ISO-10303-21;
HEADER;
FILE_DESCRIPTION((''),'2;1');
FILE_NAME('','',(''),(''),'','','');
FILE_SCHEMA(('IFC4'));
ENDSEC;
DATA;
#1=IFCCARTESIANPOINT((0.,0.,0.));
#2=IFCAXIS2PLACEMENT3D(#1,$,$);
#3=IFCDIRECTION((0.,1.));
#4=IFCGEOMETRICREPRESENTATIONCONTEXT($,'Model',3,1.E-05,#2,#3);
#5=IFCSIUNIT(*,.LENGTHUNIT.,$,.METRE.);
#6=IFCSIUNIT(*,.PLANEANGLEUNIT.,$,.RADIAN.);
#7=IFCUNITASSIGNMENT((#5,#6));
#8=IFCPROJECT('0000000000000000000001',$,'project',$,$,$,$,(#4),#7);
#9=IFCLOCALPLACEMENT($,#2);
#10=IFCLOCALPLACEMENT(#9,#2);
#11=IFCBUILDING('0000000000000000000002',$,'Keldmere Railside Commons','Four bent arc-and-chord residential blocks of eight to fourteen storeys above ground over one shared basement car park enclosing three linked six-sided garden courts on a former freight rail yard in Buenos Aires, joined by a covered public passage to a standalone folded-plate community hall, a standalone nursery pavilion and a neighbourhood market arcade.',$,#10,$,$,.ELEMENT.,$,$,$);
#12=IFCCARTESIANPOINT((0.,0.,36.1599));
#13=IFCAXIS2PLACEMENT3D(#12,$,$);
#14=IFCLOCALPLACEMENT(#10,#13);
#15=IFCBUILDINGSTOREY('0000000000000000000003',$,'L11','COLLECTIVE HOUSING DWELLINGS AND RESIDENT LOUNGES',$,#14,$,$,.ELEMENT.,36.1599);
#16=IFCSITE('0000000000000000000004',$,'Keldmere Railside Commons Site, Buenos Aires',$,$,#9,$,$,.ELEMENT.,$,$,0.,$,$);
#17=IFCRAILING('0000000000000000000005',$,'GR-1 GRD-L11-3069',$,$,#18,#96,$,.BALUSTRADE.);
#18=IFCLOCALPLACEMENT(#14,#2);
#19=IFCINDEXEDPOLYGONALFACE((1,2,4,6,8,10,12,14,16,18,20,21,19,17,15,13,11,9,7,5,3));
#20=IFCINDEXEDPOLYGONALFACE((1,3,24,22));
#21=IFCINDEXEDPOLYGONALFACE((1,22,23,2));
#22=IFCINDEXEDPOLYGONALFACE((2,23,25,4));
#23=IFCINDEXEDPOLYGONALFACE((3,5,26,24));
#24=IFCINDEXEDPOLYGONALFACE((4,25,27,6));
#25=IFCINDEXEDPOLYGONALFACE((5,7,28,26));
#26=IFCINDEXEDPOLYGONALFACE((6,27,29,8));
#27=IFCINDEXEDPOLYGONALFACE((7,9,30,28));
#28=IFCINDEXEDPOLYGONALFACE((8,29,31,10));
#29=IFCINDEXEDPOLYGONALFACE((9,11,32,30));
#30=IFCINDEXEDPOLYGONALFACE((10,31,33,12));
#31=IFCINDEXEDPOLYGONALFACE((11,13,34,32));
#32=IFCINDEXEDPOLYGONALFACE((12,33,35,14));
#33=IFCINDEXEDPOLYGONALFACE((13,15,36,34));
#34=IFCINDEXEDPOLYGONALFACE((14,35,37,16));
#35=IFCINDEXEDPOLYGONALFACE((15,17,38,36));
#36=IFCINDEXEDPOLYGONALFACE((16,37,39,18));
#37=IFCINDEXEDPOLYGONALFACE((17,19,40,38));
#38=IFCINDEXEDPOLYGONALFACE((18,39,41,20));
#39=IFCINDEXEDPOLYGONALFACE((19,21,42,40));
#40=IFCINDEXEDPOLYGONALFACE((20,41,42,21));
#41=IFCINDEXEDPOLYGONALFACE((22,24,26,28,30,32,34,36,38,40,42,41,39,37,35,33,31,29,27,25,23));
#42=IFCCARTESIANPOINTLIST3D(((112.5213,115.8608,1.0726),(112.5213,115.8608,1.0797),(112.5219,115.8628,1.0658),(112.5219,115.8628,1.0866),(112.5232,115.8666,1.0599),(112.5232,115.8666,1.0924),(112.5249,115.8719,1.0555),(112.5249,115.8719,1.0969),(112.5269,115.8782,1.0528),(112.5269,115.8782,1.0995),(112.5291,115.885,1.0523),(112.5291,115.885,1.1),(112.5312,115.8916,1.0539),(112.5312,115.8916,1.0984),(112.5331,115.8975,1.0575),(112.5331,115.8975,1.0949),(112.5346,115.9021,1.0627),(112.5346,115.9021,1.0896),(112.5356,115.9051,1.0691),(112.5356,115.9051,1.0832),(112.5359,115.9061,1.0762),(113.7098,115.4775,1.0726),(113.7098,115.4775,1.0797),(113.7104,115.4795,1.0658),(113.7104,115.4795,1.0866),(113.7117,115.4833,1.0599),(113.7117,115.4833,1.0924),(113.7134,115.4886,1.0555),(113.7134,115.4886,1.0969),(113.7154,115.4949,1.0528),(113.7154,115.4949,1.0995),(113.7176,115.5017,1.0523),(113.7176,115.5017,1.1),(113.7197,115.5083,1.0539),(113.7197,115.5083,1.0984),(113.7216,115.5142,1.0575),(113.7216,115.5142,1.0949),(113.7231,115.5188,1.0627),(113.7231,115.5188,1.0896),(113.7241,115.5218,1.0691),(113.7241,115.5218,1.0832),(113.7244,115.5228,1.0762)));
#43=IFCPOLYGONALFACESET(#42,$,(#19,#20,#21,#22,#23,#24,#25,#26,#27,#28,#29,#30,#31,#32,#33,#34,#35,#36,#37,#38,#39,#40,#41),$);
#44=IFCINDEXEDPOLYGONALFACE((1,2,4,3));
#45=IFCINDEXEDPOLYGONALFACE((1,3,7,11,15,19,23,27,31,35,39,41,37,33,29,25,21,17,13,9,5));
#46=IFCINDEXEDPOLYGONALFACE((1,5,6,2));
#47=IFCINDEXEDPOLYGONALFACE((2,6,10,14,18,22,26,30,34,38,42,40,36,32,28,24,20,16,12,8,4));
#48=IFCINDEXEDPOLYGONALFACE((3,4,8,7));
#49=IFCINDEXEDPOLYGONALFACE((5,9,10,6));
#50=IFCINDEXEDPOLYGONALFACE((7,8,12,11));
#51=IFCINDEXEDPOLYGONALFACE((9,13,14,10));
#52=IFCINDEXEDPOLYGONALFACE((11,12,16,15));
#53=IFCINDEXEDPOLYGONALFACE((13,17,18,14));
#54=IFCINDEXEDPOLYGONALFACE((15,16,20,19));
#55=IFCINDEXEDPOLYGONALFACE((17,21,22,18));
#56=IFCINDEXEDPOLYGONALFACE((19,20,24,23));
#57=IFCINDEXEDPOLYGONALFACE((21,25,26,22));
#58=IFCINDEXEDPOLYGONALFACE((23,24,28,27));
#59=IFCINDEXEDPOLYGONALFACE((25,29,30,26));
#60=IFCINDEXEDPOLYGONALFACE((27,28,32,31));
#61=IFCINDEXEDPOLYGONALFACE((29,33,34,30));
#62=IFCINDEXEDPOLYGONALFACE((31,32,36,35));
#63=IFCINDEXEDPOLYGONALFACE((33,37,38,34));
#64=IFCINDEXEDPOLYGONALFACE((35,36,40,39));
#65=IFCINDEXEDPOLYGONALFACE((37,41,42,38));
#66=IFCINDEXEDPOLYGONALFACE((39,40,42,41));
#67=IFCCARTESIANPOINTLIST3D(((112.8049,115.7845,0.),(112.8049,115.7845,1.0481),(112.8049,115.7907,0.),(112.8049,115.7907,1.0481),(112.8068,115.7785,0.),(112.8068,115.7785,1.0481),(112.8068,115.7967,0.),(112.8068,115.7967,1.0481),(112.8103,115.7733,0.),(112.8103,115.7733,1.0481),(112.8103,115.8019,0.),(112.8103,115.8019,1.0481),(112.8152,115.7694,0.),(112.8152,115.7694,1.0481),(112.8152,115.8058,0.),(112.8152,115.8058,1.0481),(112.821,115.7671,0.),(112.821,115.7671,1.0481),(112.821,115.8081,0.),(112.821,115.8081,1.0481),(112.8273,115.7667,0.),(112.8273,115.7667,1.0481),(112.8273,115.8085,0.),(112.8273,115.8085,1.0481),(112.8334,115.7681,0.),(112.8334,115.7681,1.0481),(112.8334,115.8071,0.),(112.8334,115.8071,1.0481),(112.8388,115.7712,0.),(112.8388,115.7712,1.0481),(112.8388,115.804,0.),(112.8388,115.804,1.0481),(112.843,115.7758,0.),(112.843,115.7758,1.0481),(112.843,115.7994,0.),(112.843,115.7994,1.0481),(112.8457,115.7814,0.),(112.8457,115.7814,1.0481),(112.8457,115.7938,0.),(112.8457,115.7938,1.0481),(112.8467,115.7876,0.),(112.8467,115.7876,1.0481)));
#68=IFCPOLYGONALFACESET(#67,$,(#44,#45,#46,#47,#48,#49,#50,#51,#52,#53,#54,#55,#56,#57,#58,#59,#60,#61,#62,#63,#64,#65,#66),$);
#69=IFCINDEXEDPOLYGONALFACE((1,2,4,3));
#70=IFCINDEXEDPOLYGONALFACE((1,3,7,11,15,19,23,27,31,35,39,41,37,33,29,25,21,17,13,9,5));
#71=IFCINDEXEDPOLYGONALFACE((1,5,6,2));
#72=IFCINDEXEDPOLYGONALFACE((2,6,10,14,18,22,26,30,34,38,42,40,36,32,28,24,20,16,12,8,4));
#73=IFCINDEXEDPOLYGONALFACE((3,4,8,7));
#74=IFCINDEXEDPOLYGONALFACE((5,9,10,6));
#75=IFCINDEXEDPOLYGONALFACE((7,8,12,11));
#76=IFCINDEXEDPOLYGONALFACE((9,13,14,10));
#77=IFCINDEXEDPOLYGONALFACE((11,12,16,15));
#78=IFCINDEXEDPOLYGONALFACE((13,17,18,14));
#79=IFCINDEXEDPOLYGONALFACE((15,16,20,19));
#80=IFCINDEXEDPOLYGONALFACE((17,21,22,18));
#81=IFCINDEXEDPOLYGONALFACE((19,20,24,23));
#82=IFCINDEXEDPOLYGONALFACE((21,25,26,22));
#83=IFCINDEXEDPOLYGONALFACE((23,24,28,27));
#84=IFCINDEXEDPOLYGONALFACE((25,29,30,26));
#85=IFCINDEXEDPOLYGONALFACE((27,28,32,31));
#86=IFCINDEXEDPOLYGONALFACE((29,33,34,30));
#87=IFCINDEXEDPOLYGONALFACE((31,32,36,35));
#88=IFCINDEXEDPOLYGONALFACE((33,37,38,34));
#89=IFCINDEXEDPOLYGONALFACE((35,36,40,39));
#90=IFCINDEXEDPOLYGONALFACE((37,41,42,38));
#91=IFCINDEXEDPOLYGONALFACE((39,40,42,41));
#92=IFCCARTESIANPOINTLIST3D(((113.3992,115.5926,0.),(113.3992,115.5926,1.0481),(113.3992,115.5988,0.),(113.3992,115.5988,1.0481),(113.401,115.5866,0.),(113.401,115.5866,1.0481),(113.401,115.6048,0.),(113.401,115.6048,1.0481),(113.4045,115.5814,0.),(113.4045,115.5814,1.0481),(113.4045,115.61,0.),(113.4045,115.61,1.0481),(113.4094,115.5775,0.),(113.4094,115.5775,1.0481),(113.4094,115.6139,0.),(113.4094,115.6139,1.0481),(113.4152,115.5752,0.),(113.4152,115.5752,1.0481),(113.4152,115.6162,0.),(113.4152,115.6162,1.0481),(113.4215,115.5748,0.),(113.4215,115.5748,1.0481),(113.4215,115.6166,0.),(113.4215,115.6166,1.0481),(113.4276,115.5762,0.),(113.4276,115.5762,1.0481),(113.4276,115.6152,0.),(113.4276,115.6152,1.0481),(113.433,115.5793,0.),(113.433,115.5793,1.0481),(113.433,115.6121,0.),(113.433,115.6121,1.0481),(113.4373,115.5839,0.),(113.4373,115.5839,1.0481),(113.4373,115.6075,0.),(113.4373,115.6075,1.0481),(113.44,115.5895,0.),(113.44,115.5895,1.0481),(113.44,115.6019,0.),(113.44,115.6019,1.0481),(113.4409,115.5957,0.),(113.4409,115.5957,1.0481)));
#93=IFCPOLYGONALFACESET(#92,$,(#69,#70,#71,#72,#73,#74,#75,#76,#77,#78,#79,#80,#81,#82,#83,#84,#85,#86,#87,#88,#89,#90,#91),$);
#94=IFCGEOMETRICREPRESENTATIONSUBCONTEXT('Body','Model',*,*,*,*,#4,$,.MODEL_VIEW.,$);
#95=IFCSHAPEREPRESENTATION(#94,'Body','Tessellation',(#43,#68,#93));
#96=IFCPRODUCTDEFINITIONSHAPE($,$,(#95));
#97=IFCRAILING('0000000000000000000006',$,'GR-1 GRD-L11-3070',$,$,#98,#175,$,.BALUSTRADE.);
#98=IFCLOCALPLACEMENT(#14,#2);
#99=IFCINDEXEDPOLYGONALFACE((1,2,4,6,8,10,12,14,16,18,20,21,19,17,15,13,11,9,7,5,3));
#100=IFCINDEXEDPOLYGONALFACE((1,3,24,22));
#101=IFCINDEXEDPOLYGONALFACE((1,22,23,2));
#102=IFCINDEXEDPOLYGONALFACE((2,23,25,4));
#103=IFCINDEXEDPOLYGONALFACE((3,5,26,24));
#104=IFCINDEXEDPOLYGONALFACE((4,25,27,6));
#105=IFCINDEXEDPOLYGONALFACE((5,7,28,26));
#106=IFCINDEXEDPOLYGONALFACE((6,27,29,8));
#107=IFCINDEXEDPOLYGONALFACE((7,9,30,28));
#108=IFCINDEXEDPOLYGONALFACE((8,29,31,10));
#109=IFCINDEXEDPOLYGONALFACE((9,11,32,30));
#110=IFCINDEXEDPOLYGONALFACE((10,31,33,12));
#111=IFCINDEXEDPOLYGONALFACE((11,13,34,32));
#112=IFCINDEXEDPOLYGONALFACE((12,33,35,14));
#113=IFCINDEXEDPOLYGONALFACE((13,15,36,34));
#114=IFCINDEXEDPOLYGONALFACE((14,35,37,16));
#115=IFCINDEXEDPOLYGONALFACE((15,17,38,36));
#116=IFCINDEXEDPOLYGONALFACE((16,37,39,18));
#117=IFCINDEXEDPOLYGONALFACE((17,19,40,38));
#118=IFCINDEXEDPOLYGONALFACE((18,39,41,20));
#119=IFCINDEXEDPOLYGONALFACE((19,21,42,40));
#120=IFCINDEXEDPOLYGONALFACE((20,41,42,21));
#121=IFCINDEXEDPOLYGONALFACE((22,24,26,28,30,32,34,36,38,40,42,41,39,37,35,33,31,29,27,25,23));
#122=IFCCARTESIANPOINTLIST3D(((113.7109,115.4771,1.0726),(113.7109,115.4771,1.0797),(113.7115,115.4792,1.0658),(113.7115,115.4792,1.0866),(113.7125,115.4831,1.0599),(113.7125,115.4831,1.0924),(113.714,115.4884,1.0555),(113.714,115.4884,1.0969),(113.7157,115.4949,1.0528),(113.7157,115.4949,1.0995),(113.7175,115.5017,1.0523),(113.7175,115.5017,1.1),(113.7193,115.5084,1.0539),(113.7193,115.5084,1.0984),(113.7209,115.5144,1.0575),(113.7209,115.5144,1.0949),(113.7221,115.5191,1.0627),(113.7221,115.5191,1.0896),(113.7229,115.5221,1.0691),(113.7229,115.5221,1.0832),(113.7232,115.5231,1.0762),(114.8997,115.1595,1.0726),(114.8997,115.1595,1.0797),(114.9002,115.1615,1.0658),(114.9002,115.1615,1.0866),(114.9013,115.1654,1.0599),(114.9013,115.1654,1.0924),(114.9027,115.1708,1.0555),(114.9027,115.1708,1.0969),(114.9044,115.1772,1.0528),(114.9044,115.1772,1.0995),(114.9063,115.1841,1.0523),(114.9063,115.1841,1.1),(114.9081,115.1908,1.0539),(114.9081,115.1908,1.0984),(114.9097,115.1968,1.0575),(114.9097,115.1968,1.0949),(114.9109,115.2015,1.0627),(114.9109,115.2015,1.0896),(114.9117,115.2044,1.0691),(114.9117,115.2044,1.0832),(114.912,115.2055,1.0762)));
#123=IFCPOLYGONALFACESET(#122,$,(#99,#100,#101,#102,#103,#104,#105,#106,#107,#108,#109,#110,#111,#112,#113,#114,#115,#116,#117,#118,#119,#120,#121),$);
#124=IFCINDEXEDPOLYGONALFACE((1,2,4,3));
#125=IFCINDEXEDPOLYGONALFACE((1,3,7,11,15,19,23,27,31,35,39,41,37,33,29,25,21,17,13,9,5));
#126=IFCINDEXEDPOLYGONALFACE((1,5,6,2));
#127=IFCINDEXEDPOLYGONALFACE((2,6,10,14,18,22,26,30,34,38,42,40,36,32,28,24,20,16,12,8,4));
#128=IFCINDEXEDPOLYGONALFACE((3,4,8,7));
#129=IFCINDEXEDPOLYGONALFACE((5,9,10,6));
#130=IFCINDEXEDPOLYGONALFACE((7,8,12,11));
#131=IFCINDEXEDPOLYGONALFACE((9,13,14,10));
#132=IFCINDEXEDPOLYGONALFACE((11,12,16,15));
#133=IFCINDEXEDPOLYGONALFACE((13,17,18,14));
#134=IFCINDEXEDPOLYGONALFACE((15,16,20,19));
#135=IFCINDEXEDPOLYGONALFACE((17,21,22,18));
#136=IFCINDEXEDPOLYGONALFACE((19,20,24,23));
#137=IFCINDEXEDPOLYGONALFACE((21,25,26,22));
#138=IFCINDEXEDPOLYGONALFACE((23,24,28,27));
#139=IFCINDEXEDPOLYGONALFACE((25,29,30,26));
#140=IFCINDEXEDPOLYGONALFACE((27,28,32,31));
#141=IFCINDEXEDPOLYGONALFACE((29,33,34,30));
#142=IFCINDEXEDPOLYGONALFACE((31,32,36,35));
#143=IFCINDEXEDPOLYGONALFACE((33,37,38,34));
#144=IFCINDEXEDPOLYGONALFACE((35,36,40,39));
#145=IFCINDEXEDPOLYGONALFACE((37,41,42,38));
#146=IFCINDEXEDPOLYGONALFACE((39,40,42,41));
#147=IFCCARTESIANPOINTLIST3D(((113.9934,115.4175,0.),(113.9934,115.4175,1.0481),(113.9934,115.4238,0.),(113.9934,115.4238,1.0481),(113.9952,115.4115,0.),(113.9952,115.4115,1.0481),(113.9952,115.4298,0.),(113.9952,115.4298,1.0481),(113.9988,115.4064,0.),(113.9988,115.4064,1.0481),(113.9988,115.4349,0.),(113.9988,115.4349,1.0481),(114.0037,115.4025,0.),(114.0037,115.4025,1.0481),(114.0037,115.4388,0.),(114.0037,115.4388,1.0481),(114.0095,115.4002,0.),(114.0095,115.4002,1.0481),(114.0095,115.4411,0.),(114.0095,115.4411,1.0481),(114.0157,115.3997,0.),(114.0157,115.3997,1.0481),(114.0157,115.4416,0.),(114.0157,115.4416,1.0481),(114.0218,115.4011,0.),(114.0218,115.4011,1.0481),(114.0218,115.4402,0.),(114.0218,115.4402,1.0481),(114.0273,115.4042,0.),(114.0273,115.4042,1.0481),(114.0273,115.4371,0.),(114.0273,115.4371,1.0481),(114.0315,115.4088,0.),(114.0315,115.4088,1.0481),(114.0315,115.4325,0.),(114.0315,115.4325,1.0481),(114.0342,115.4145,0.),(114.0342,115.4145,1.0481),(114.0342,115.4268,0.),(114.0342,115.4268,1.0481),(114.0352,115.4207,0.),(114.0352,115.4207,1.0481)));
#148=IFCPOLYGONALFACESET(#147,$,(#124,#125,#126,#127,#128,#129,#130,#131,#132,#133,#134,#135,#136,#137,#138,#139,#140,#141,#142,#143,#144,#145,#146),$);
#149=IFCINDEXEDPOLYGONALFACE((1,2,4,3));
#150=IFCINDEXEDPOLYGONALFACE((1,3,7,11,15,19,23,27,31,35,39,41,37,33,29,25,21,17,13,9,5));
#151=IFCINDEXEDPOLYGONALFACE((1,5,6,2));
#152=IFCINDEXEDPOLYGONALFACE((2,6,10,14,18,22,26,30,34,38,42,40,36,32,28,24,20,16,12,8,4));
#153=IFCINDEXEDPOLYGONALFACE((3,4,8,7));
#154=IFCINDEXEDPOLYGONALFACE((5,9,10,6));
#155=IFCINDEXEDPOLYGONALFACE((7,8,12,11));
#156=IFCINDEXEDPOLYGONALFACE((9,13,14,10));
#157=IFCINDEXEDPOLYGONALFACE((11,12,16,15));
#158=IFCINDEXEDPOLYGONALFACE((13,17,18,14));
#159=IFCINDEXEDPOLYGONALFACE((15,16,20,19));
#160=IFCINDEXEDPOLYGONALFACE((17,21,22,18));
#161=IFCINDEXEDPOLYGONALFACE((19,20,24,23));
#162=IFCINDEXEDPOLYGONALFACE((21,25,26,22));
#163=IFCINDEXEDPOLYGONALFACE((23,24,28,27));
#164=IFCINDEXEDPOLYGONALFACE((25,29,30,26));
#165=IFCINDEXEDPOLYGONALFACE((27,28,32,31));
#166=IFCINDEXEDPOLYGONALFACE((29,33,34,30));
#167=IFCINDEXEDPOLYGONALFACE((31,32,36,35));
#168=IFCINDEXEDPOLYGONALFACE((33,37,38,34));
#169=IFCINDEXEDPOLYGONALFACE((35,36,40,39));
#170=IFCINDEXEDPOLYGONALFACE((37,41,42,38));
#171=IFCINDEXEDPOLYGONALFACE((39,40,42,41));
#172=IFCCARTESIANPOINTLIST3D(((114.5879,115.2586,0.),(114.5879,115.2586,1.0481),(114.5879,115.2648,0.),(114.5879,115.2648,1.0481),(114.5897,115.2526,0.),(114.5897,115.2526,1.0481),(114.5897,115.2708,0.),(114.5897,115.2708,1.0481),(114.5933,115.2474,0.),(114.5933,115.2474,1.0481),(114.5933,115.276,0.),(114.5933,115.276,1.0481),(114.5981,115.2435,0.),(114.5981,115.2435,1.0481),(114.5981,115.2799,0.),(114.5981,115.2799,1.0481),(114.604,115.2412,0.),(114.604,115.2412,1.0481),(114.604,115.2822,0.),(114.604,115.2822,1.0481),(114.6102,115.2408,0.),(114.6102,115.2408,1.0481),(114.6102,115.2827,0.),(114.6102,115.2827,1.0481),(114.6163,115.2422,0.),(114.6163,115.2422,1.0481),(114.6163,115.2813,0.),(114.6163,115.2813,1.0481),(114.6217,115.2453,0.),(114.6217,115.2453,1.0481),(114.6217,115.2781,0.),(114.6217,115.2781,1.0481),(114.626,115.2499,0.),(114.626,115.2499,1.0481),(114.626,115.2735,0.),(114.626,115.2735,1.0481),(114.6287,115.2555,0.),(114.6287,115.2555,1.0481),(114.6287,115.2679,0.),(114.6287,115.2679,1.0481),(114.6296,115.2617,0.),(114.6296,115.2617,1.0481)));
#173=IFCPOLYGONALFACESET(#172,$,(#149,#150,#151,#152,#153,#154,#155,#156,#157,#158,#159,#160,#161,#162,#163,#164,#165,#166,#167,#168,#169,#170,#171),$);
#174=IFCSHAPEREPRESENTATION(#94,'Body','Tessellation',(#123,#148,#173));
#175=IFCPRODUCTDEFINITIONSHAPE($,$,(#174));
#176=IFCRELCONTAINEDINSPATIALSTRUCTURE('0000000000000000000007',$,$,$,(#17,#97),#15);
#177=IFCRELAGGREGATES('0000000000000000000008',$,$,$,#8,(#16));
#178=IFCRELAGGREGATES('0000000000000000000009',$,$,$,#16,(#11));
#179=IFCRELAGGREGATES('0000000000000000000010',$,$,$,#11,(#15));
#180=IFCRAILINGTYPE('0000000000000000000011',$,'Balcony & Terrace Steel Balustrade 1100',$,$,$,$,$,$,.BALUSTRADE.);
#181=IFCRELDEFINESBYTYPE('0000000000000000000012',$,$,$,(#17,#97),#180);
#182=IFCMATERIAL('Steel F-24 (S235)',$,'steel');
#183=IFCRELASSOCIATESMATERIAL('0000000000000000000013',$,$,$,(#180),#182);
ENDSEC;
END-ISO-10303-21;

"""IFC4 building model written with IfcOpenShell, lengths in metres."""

from ifc_helpers import new_model, si_unit, direction, frame, origin, origin_2d, place, context, subcontext, project, spatial, circle, extrude, material, type_object, element, save


model = new_model("IFC4")

# Units and contexts
model_context = context("Model", 3, precision=1e-05, world=origin(), true_north=direction((0.0, 1.0)))
body_context = subcontext(model_context, "Body", "Model", "MODEL_VIEW")
ifc_project = project(units=[si_unit("LENGTHUNIT", "METRE"), si_unit("PLANEANGLEUNIT", "RADIAN")], contexts=[model_context])

# Site, building, storey
site_placement = place(None, origin())
site = spatial("IfcSite", under=ifc_project, at=site_placement, Name="Keldmere Railside Commons Site, Buenos Aires", CompositionType="ELEMENT", RefElevation=0.0)
building_placement = place(site_placement, origin())
building = spatial("IfcBuilding", under=site, at=building_placement, Name="Keldmere Railside Commons", Description="Four bent arc-and-chord residential blocks of eight to fourteen storeys above ground over one shared basement car park enclosing three linked six-sided garden courts on a former freight rail yard in Buenos Aires, joined by a covered public passage to a standalone folded-plate community hall, a standalone nursery pavilion and a neighbourhood market arcade.", CompositionType="ELEMENT")
storey_placement = place(building_placement, frame((0.0, 0.0, 36.1599)))
storey = spatial("IfcBuildingStorey", under=building, at=storey_placement, Name="L11", Description="COLLECTIVE HOUSING DWELLINGS AND RESIDENT LOUNGES", CompositionType="ELEMENT", Elevation=36.1599)

# Shared definitions
ifc_material_1 = material(Name="Steel F-24 (S235)", Category="steel")

# Railings
railing_type = type_object("IfcRailingType", Name="Balcony & Terrace Steel Balustrade 1100", PredefinedType="BALUSTRADE", material=ifc_material_1)
railing_1_placement = place(storey_placement, frame((112.5286, 115.8833, 0.0)))
element("IfcRailing", 1, at=railing_1_placement, inside=storey, type_object=railing_type, Name="GR-1 GRD-L11-3069", PredefinedType="BALUSTRADE", context=body_context, shape_type="SweptSolid", body=[
    extrude(circle(Radius=0.0239, at=origin_2d()), frame((0.0, 0.0, 1.0762), z_axis=(0.951727, -0.306946, 0.0), x_axis=(0.306946, 0.951727, 0.0)), (0.0, 0.0, 1.0), 1.2488),
    extrude(circle(Radius=0.021, at=origin_2d()), frame((0.2971, -0.0957, 0.0)), (0.0, 0.0, 1.0), 1.0481),
    extrude(circle(Radius=0.021, at=origin_2d()), frame((0.8914, -0.2876, 0.0)), (0.0, 0.0, 1.0), 1.0481),
])
railing_2_placement = place(storey_placement, frame((113.717, 115.5, 0.0)))
element("IfcRailing", 2, at=railing_2_placement, inside=storey, type_object=railing_type, Name="GR-1 GRD-L11-3070", PredefinedType="BALUSTRADE", context=body_context, shape_type="SweptSolid", body=[
    extrude(circle(Radius=0.0239, at=origin_2d()), frame((0.0, 0.0, 1.0762), z_axis=(0.966106, -0.258144, 0.0), x_axis=(0.258144, 0.966106, 0.0)), (0.0, 0.0, 1.0), 1.2305),
    extrude(circle(Radius=0.021, at=origin_2d()), frame((0.2971, -0.0793, 0.0)), (0.0, 0.0, 1.0), 1.0481),
    extrude(circle(Radius=0.021, at=origin_2d()), frame((0.8916, -0.2383, 0.0)), (0.0, 0.0, 1.0), 1.0481),
])

save(model, "model.ifc")
